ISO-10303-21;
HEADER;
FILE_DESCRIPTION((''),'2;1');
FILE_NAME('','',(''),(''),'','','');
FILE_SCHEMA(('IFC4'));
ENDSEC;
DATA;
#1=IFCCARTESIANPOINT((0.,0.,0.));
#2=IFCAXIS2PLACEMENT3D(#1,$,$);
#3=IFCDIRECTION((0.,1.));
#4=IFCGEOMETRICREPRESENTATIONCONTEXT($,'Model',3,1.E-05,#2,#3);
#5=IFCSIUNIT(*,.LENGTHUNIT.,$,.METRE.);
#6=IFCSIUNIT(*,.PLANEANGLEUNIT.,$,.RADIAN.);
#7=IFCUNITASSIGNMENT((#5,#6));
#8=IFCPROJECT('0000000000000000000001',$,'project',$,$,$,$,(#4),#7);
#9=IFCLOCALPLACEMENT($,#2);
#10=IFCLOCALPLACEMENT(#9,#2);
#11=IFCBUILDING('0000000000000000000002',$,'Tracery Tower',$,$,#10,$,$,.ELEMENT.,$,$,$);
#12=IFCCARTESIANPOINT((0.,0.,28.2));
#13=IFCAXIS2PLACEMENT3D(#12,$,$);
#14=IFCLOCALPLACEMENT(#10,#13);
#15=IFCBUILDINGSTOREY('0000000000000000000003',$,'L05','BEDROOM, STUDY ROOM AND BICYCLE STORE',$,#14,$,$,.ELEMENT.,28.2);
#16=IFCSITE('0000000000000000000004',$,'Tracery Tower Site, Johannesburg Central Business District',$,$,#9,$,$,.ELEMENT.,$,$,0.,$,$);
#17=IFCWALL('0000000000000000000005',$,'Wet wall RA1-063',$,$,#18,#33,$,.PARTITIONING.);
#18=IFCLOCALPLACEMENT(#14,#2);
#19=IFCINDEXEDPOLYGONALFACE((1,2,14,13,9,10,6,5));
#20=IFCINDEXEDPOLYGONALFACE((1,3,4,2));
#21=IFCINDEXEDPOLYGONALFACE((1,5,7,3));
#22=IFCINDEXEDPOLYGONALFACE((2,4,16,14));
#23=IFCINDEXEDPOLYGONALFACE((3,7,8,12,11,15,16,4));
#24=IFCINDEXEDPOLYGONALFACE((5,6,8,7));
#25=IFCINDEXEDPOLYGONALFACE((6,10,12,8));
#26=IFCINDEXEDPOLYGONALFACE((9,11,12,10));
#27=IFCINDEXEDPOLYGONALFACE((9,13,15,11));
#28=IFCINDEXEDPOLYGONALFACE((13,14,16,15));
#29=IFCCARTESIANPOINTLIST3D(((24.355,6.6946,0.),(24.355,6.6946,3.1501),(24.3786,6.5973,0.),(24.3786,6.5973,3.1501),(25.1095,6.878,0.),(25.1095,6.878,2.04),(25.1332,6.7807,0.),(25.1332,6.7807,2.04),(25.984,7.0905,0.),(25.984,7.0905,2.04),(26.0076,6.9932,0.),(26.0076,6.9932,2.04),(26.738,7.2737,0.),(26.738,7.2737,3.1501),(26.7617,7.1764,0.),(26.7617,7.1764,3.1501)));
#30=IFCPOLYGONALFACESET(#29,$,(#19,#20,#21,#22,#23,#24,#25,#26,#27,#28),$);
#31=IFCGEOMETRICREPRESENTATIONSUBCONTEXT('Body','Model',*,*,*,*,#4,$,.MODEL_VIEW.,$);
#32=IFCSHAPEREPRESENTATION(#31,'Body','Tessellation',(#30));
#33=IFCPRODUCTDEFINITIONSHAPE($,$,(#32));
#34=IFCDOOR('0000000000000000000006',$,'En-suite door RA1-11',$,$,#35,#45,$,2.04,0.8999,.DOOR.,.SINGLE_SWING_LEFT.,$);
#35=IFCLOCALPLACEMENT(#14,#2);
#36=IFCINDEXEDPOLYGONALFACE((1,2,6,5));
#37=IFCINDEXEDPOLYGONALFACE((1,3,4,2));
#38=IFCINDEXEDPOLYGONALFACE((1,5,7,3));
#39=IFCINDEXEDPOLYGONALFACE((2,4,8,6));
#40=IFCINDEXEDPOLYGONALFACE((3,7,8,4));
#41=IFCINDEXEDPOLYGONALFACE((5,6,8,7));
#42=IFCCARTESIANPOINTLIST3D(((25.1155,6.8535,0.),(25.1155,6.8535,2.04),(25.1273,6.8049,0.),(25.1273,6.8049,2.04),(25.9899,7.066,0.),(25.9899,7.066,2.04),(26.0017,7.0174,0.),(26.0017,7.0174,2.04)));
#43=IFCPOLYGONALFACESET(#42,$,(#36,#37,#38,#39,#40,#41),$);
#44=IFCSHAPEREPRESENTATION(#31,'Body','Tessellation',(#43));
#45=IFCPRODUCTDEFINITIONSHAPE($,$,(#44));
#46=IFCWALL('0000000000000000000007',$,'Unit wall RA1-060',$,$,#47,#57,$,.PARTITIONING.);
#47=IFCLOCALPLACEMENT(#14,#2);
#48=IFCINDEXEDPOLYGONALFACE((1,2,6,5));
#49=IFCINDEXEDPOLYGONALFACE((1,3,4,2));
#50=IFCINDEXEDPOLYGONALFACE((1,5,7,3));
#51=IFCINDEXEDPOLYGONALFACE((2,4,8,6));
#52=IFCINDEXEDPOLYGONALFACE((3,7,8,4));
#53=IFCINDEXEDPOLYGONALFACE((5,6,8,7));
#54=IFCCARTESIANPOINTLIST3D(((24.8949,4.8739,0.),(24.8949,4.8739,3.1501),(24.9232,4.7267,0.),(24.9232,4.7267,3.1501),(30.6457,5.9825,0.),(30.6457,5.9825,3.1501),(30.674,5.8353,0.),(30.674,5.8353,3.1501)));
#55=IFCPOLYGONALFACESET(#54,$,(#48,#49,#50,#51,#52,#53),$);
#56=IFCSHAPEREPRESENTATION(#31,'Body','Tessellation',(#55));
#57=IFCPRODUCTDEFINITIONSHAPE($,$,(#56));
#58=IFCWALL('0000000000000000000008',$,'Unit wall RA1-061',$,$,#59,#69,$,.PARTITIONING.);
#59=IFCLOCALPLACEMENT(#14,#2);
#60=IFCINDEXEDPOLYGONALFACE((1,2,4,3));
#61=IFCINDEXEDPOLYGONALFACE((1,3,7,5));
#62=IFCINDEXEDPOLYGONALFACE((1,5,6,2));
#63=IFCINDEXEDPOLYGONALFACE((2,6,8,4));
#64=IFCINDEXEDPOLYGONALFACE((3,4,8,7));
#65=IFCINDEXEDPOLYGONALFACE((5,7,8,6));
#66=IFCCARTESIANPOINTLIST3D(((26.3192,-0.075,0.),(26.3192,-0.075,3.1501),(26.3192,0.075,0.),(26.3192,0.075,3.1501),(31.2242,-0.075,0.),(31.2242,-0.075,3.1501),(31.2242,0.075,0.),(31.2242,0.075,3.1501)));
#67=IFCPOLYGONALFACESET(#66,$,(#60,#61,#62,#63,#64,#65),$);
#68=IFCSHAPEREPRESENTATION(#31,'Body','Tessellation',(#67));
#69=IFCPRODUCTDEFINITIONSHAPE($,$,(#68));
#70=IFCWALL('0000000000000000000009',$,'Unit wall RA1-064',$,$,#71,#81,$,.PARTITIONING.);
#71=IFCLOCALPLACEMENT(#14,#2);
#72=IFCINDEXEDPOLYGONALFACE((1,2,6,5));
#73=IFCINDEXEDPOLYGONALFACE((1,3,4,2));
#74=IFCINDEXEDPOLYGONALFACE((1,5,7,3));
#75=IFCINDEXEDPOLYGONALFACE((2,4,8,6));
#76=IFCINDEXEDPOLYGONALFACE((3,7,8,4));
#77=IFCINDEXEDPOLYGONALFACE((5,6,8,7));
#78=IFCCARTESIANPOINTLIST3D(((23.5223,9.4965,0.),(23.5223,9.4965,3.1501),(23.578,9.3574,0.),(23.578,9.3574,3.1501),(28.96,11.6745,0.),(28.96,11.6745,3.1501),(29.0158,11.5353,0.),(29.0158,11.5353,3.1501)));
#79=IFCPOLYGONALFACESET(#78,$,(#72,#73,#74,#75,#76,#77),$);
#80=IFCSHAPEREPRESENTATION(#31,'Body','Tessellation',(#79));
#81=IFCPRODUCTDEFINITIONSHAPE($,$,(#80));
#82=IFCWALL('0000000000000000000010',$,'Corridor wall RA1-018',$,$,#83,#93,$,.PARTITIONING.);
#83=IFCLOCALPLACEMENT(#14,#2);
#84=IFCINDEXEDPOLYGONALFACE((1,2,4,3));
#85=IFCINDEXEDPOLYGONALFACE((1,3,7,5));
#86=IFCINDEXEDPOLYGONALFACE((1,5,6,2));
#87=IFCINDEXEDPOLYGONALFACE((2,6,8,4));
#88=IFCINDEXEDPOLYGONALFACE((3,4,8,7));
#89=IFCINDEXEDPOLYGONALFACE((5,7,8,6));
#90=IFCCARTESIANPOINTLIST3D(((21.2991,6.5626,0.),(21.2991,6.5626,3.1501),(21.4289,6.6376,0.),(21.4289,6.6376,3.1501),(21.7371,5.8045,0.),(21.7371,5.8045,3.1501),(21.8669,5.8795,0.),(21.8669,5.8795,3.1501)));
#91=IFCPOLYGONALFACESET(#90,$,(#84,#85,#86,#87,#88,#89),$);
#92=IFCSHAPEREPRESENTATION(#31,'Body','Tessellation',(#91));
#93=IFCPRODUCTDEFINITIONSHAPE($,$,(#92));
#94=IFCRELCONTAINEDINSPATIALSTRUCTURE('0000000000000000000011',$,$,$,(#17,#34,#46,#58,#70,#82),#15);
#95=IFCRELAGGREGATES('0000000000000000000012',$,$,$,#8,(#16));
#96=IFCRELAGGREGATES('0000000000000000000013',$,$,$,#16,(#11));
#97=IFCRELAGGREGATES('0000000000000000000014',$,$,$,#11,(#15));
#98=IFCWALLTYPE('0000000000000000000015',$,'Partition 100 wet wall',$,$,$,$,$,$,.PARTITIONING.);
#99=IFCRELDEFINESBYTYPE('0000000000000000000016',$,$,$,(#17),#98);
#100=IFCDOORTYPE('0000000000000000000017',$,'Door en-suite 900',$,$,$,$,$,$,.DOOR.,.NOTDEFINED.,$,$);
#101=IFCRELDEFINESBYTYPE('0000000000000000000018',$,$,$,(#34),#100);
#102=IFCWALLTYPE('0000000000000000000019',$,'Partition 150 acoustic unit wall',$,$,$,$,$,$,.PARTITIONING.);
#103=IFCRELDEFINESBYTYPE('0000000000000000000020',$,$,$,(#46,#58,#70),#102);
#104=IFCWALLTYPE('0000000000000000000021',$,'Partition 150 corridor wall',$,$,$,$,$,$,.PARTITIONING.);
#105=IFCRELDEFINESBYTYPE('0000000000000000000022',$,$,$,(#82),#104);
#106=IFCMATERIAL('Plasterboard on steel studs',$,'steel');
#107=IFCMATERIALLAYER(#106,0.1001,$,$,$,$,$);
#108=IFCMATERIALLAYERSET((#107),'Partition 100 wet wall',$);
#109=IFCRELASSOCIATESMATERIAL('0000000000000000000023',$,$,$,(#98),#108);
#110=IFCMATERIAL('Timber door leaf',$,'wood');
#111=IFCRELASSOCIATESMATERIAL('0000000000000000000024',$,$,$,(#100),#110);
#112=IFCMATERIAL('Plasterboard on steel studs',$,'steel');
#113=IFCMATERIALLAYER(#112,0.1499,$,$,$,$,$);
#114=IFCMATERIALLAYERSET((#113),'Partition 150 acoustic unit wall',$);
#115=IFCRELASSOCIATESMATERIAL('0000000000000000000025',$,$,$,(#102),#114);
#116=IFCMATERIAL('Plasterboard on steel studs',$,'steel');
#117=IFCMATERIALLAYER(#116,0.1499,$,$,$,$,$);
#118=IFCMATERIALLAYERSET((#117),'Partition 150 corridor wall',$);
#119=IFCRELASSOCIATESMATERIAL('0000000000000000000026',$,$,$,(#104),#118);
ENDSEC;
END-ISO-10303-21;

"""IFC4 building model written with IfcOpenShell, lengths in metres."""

from ifc_helpers import new_model, si_unit, direction, frame, frame_2d, origin, place, context, subcontext, project, spatial, rectangle, extrude, material, layer, layer_set, type_object, element, fill, save


model = new_model("IFC4")

# Units and contexts
model_context = context("Model", 3, precision=1e-05, world=origin(), true_north=direction((0.0, 1.0)))
body_context = subcontext(model_context, "Body", "Model", "MODEL_VIEW")
ifc_project = project(units=[si_unit("LENGTHUNIT", "METRE"), si_unit("PLANEANGLEUNIT", "RADIAN")], contexts=[model_context])

# Site, building, storey
site_placement = place(None, origin())
site = spatial("IfcSite", under=ifc_project, at=site_placement, Name="Tracery Tower Site, Johannesburg Central Business District", CompositionType="ELEMENT", RefElevation=0.0)
building_placement = place(site_placement, origin())
building = spatial("IfcBuilding", under=site, at=building_placement, Name="Tracery Tower", CompositionType="ELEMENT")
storey_placement = place(building_placement, frame((0.0, 0.0, 28.2)))
storey = spatial("IfcBuildingStorey", under=building, at=storey_placement, Name="L05", Description="BEDROOM, STUDY ROOM AND BICYCLE STORE", CompositionType="ELEMENT", Elevation=28.2)

# Shared definitions
ifc_material_1 = material(Name="Plasterboard on steel studs", Category="steel")
ifc_layer_1 = layer(ifc_material_1, 0.1001)
ifc_layer_set_1 = layer_set([ifc_layer_1], Name="Partition 100 wet wall")
wall_type_1 = type_object("IfcWallType", Name="Partition 100 wet wall", PredefinedType="PARTITIONING", material=ifc_layer_set_1)

# Shared definitions
ifc_material_2 = material(Name="Timber door leaf", Category="wood")
door_type = type_object("IfcDoorType", Name="Door en-suite 900", OperationType="NOTDEFINED", PredefinedType="DOOR", material=ifc_material_2)

# Wall, opening, door
wall_1_placement = place(storey_placement, frame((24.3669, 6.646, 0.0), z_axis=(0.0, 0.0, 1.0), x_axis=(0.97172, 0.236136, 0.0)))
wall_1 = element("IfcWall", 1, at=wall_1_placement, inside=storey, type_object=wall_type_1, Name="Wet wall RA1-063", PredefinedType="PARTITIONING", context=body_context, shape_type="SweptSolid", body=[
    extrude(rectangle(XDim=2.4524, YDim=0.1001, at=frame_2d((1.2261, 0.0))), origin(), (0.0, 0.0, 1.0), 3.1501),
])
opening_1_placement = place(wall_1_placement, frame((0.7764, 0.0, 0.0)))
opening_1 = element("IfcOpeningElement", 2, at=opening_1_placement, cuts=wall_1, PredefinedType="OPENING", context=body_context, shape_type="SweptSolid", body=[
    extrude(rectangle(XDim=0.8999, YDim=2.04, at=frame_2d((0.45, 1.02))), frame((0.0, 0.05, 0.0), z_axis=(0.0, -1.0, 0.0), x_axis=(1.0, 0.0, 0.0)), (0.0, 0.0, 1.0), 0.1001),
])
door_1_placement = place(opening_1_placement, origin())
door_1 = element("IfcDoor", 3, at=door_1_placement, inside=storey, type_object=door_type, Name="En-suite door RA1-11", OperationType="SINGLE_SWING_LEFT", OverallHeight=2.04, OverallWidth=0.8999, PredefinedType="DOOR", context=body_context, shape_type="SweptSolid", body=[
    extrude(rectangle(XDim=0.8999, YDim=2.04, at=frame_2d((0.45, 1.02))), frame((0.0, 0.0249, 0.0), z_axis=(0.0, -1.0, 0.0), x_axis=(1.0, 0.0, 0.0)), (0.0, 0.0, 1.0), 0.05),
])
fill(opening_1, door_1)

# Walls
ifc_material_3 = material(Name="Plasterboard on steel studs", Category="steel")
ifc_layer_2 = layer(ifc_material_3, 0.1499)
ifc_layer_set_2 = layer_set([ifc_layer_2], Name="Partition 150 acoustic unit wall")
wall_type_2 = type_object("IfcWallType", Name="Partition 150 acoustic unit wall", PredefinedType="PARTITIONING", material=ifc_layer_set_2)
wall_2_placement = place(storey_placement, frame((24.9092, 4.8003, 0.0), z_axis=(0.0, 0.0, 1.0), x_axis=(0.98192, 0.189297, 0.0)))
element("IfcWall", 4, at=wall_2_placement, inside=storey, type_object=wall_type_2, Name="Unit wall RA1-060", PredefinedType="PARTITIONING", context=body_context, shape_type="SweptSolid", body=[
    extrude(rectangle(XDim=5.8567, YDim=0.1499, at=frame_2d((2.9282, 0.0))), origin(), (0.0, 0.0, 1.0), 3.1501),
])
wall_3_placement = place(storey_placement, frame((26.3191, 0.0, 0.0), z_axis=(0.0, 0.0, 1.0), x_axis=(1.0, 0.0, 0.0)))
element("IfcWall", 5, at=wall_3_placement, inside=storey, type_object=wall_type_2, Name="Unit wall RA1-061", PredefinedType="PARTITIONING", context=body_context, shape_type="SweptSolid", body=[
    extrude(rectangle(XDim=4.905, YDim=0.1499, at=frame_2d((2.4526, 0.0))), origin(), (0.0, 0.0, 1.0), 3.1501),
])
wall_4_placement = place(storey_placement, frame((23.5503, 9.427, 0.0), z_axis=(0.0, 0.0, 1.0), x_axis=(0.928307, 0.371815, 0.0)))
element("IfcWall", 6, at=wall_4_placement, inside=storey, type_object=wall_type_2, Name="Unit wall RA1-064", PredefinedType="PARTITIONING", context=body_context, shape_type="SweptSolid", body=[
    extrude(rectangle(XDim=5.8577, YDim=0.1499, at=frame_2d((2.9287, 0.0))), origin(), (0.0, 0.0, 1.0), 3.1501),
])
ifc_material_4 = material(Name="Plasterboard on steel studs", Category="steel")
ifc_layer_3 = layer(ifc_material_4, 0.1499)
ifc_layer_set_3 = layer_set([ifc_layer_3], Name="Partition 150 corridor wall")
wall_type_3 = type_object("IfcWallType", Name="Partition 150 corridor wall", PredefinedType="PARTITIONING", material=ifc_layer_set_3)
wall_5_placement = place(storey_placement, frame((21.364, 6.6001, 0.0), z_axis=(0.0, 0.0, 1.0), x_axis=(0.500278, -0.865865, 0.0)))
element("IfcWall", 7, at=wall_5_placement, inside=storey, type_object=wall_type_3, Name="Corridor wall RA1-018", PredefinedType="PARTITIONING", context=body_context, shape_type="SweptSolid", body=[
    extrude(rectangle(XDim=0.8755, YDim=0.1499, at=frame_2d((0.4377, 0.0))), origin(), (0.0, 0.0, 1.0), 3.1501),
])

save(model, "model.ifc")
